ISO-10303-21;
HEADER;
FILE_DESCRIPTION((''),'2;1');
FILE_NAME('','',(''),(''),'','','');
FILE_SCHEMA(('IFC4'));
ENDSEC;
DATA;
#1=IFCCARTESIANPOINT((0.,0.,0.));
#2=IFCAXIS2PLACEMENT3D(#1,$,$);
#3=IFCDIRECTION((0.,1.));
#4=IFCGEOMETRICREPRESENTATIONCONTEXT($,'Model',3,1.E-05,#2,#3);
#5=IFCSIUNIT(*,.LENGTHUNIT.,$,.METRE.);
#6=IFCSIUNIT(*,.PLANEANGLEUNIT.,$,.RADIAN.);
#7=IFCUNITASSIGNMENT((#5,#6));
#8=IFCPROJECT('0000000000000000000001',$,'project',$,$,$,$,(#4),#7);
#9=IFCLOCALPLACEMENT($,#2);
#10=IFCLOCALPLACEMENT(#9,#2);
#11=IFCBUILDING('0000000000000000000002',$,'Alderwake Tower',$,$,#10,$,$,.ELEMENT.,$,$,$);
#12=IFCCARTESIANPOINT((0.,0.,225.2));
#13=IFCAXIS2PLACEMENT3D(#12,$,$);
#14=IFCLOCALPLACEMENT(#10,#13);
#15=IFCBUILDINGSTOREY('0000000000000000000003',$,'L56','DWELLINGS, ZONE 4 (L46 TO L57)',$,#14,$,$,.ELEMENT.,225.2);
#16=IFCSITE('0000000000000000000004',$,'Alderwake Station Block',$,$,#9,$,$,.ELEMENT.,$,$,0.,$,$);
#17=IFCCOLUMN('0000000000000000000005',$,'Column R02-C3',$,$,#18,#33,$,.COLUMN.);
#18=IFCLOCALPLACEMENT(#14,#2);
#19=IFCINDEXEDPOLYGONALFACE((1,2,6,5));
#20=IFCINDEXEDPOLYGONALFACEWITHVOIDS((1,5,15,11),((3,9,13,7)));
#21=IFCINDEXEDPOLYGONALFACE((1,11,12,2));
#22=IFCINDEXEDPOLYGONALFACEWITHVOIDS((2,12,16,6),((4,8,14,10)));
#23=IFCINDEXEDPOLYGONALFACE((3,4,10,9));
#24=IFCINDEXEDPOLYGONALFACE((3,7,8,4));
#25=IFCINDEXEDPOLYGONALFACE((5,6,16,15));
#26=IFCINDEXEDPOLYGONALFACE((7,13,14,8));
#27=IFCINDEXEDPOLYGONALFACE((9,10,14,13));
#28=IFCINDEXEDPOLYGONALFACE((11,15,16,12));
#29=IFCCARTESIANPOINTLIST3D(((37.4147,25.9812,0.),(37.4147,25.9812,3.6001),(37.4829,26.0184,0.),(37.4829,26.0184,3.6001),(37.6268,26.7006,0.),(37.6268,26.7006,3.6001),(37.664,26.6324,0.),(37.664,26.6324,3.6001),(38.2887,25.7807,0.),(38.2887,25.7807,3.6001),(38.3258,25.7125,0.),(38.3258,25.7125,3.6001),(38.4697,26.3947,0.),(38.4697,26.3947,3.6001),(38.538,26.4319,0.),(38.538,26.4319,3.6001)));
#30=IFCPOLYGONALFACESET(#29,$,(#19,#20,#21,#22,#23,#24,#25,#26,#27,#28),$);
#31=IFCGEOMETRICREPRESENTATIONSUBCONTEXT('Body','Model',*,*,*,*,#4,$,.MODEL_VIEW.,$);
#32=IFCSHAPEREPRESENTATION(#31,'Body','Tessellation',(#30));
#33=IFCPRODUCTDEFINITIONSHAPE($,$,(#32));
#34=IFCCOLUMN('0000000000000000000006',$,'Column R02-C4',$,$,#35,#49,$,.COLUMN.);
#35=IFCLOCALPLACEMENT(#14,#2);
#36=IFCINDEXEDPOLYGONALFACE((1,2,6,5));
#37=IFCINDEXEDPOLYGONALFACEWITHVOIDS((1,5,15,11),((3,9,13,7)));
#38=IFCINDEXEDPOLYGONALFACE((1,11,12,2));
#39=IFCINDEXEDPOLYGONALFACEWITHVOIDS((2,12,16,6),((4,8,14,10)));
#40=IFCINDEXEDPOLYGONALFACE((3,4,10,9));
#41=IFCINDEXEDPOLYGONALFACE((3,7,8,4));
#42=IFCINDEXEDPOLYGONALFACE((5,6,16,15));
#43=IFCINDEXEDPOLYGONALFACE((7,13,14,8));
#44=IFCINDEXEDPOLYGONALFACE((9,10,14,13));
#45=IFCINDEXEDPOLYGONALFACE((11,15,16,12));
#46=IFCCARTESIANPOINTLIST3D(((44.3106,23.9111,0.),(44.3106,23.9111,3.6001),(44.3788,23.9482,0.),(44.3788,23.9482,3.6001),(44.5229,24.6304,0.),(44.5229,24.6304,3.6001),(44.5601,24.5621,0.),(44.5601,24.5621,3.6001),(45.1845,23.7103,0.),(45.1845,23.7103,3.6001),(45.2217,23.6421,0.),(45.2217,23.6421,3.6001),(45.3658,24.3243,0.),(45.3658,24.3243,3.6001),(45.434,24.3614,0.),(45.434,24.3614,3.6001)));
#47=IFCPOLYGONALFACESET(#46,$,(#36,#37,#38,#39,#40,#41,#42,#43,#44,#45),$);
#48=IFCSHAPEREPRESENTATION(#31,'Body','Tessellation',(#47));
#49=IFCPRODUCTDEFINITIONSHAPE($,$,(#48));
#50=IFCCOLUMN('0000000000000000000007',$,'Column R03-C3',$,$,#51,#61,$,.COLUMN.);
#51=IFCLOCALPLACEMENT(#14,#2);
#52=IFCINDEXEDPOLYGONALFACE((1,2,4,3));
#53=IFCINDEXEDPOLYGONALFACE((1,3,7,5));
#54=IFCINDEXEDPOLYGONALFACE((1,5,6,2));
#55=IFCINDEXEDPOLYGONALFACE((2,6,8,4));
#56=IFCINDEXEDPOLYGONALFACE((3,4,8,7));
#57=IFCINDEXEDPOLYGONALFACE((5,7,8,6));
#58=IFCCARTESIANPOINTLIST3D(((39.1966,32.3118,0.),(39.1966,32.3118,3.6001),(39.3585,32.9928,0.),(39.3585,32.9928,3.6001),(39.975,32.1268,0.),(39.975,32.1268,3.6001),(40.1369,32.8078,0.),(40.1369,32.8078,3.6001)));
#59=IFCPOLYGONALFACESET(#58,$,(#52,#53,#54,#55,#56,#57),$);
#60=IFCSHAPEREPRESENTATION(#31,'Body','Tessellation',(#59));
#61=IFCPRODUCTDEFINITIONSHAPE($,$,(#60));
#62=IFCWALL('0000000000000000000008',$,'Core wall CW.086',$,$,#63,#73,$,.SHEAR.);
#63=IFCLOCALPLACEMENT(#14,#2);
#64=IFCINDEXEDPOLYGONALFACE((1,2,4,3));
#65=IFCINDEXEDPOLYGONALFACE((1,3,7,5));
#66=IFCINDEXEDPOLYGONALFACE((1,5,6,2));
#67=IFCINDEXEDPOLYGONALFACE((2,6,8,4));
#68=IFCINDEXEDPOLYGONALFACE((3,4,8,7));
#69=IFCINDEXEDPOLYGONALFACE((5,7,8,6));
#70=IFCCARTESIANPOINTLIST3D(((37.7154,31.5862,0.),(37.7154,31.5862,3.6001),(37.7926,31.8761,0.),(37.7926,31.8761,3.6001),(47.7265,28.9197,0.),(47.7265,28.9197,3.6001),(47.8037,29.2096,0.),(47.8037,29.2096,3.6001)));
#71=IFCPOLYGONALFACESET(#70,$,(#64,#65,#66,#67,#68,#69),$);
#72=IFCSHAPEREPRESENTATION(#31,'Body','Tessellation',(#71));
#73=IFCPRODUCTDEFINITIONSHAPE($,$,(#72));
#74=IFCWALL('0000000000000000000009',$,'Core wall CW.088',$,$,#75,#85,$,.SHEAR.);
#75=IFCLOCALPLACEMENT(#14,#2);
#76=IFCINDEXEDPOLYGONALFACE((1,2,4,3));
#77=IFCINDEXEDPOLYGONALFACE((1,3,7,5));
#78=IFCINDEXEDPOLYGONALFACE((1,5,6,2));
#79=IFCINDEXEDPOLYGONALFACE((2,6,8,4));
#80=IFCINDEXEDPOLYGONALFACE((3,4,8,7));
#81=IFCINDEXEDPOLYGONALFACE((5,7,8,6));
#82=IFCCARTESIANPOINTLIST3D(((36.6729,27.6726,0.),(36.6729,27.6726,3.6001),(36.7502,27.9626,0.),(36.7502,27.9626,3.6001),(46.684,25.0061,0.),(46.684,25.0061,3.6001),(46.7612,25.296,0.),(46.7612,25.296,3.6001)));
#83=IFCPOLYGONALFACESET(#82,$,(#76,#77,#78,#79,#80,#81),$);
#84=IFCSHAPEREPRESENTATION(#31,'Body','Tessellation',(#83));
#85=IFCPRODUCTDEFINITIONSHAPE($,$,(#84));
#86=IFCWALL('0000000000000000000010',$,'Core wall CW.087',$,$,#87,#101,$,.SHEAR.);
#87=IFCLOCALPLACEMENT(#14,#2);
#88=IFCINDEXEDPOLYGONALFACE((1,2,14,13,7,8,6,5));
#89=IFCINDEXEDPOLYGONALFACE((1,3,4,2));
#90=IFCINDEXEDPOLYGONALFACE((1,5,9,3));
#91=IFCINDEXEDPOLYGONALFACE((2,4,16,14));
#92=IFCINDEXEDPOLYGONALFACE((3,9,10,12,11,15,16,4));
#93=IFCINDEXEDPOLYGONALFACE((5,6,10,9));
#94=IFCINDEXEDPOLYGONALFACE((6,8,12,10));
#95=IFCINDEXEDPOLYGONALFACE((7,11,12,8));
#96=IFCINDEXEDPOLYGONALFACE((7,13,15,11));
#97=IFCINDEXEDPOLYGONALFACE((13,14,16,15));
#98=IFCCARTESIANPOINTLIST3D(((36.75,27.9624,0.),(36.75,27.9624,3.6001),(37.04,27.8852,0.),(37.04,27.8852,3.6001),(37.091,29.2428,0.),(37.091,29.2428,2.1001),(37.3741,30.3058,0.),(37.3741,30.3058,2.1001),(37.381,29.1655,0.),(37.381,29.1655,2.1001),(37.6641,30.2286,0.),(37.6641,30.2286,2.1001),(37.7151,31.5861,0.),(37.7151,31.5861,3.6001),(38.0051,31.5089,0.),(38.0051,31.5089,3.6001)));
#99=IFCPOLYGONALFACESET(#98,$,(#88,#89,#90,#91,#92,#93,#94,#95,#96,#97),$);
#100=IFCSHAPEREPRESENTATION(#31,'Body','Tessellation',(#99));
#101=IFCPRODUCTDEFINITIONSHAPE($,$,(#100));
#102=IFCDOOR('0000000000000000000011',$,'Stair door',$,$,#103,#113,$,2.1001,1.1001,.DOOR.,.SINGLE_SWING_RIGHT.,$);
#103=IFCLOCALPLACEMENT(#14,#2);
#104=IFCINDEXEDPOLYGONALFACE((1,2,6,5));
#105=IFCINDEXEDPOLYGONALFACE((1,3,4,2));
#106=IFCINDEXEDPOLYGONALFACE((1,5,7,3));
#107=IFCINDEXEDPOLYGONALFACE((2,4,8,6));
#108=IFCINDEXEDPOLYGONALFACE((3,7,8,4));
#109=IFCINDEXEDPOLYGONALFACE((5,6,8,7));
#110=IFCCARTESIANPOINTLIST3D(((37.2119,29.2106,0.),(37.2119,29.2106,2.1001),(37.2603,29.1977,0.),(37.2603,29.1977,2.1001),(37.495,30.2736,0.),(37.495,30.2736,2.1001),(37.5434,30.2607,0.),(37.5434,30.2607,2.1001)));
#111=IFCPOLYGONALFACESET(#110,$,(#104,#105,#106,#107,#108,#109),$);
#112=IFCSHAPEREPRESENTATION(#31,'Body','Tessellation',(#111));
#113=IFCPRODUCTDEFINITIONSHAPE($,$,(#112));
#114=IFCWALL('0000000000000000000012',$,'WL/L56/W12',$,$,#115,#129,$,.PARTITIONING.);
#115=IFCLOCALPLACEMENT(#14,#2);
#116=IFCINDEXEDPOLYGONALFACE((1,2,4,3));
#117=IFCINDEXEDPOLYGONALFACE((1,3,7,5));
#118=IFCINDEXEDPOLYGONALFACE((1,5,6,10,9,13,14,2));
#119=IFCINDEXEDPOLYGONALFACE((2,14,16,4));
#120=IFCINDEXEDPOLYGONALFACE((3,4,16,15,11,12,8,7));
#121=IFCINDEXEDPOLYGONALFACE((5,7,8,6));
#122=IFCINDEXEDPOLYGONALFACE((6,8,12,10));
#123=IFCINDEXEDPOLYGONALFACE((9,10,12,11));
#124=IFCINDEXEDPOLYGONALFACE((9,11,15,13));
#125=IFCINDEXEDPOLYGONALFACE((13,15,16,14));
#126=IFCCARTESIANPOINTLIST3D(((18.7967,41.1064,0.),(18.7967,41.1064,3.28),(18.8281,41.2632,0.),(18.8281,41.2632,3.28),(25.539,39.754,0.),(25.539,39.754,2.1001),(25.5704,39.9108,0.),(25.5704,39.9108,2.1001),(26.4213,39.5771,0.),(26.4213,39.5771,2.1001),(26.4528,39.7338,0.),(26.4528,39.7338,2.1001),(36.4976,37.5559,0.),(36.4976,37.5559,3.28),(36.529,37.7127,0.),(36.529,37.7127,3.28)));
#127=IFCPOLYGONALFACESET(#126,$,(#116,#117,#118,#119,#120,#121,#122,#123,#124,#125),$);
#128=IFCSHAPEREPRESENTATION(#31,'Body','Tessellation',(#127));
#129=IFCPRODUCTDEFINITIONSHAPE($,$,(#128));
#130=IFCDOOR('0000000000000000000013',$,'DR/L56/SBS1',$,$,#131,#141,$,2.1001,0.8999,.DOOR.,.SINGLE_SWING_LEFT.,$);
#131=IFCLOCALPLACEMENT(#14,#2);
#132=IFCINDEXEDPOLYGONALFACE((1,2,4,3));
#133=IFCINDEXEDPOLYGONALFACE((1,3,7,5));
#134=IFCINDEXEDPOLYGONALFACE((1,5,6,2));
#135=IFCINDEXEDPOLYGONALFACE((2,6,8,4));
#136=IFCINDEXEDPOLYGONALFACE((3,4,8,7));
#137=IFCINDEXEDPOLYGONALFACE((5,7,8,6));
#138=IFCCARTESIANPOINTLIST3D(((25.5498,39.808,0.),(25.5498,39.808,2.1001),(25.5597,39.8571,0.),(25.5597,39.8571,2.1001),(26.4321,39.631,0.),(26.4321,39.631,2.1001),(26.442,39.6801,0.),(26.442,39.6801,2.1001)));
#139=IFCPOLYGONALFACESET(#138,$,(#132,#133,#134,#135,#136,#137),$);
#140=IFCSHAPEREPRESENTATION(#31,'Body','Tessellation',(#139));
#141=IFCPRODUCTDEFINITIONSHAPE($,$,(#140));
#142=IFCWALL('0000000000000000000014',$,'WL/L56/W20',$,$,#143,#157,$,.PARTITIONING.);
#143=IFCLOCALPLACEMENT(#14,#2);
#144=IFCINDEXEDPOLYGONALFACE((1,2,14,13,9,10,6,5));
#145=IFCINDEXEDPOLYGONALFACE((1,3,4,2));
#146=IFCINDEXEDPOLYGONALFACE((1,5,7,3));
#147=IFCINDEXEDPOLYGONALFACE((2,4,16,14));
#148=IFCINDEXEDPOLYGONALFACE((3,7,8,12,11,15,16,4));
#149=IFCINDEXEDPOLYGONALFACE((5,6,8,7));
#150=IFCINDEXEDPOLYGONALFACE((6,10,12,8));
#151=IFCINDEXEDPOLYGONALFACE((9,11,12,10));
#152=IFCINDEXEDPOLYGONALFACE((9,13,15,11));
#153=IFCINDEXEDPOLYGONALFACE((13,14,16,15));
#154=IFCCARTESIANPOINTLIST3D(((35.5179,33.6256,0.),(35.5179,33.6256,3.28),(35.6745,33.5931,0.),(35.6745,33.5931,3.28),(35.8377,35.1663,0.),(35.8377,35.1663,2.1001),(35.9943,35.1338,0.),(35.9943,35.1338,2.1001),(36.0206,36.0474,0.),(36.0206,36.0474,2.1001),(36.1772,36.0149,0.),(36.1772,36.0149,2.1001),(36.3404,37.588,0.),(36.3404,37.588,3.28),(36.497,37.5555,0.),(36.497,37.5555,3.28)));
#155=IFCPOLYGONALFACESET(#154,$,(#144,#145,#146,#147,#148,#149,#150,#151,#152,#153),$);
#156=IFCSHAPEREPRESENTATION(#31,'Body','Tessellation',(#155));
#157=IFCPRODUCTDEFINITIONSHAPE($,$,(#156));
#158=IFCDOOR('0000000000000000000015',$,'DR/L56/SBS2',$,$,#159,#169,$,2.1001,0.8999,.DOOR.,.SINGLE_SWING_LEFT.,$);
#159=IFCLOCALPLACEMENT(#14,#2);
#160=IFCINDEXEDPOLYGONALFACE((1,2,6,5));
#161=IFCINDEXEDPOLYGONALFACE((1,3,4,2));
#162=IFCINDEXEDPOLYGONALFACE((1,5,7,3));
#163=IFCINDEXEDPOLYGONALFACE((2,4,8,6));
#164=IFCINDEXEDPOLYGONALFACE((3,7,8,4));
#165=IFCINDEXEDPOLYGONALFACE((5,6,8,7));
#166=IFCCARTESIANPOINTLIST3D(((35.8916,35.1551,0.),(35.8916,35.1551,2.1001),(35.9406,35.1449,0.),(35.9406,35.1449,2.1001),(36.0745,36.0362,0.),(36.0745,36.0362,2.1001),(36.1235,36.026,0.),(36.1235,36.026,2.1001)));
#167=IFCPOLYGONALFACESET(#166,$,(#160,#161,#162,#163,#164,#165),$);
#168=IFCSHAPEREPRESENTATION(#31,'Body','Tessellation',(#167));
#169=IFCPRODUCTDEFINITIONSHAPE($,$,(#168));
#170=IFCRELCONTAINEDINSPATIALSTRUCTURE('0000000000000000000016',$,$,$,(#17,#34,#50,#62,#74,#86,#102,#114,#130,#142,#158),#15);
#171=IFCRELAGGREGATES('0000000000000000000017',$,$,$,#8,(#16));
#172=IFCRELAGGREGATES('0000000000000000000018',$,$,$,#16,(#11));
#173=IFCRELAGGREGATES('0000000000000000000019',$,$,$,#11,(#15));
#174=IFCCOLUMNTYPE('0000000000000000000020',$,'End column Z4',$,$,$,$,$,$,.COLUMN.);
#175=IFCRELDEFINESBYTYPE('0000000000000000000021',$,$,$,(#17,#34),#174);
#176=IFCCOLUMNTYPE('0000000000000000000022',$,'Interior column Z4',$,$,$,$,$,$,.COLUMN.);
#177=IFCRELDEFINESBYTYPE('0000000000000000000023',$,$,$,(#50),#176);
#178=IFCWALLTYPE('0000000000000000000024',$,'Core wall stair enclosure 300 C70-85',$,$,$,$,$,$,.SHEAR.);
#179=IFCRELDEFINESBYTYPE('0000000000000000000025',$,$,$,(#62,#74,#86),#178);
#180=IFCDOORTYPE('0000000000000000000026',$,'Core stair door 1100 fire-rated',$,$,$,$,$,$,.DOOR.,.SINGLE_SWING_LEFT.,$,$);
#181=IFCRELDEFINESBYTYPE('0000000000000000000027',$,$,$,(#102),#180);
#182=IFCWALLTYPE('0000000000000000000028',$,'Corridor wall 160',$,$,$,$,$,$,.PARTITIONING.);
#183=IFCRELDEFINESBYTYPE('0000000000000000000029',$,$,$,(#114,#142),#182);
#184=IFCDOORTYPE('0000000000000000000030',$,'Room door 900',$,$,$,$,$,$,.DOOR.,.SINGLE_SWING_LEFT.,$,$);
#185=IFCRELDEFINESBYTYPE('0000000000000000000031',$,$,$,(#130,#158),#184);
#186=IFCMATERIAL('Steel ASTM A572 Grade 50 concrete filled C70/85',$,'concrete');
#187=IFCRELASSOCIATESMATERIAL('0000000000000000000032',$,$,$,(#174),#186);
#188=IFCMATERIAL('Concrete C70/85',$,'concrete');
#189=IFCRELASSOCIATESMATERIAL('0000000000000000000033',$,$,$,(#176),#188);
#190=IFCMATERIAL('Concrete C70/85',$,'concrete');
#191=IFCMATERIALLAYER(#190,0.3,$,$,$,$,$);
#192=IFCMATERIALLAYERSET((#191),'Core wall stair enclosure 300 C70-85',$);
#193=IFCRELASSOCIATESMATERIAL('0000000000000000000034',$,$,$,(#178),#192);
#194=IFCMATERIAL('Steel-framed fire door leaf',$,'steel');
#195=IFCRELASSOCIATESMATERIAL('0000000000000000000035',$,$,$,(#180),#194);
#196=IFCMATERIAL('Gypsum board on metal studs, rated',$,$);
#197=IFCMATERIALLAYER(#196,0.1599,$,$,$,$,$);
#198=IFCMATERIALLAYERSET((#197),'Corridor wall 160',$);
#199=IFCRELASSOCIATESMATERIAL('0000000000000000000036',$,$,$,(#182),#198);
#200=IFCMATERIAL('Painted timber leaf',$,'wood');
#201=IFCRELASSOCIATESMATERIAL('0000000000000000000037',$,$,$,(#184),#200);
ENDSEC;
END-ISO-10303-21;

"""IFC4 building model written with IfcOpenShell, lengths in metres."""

from ifc_helpers import new_model, si_unit, direction, frame, frame_2d, origin, origin_2d, place, context, subcontext, project, spatial, rectangle, hollow_rectangle, extrude, material, layer, layer_set, material_profile, profile_set, type_object, element, fill, save


model = new_model("IFC4")

# Units and contexts
model_context = context("Model", 3, precision=1e-05, world=origin(), true_north=direction((0.0, 1.0)))
body_context = subcontext(model_context, "Body", "Model", "MODEL_VIEW")
ifc_project = project(units=[si_unit("LENGTHUNIT", "METRE"), si_unit("PLANEANGLEUNIT", "RADIAN")], contexts=[model_context])

# Site, building, storey
site_placement = place(None, origin())
site = spatial("IfcSite", under=ifc_project, at=site_placement, Name="Alderwake Station Block", CompositionType="ELEMENT", RefElevation=0.0)
building_placement = place(site_placement, origin())
building = spatial("IfcBuilding", under=site, at=building_placement, Name="Alderwake Tower", CompositionType="ELEMENT")
storey_placement = place(building_placement, frame((0.0, 0.0, 225.2)))
storey = spatial("IfcBuildingStorey", under=building, at=storey_placement, Name="L56", Description="DWELLINGS, ZONE 4 (L46 TO L57)", CompositionType="ELEMENT", Elevation=225.2)

# Columns
ifc_material_1 = material(Name="Steel ASTM A572 Grade 50 concrete filled C70/85", Category="concrete")
ifc_material_profile_1 = material_profile(ifc_material_1, hollow_rectangle(XDim=0.75, YDim=0.95, WallThickness=0.0549, at=origin_2d()), Name="BOX 950X750X55")
ifc_profile_set_1 = profile_set([ifc_material_profile_1], Name="Steel ASTM A572 Grade 50 concrete filled C70/85")
column_type_1 = type_object("IfcColumnType", Name="End column Z4", PredefinedType="COLUMN", material=ifc_profile_set_1)
for number, where, z_axis, x_axis, name in (
    (1, (37.9763, 26.2065, 0.0), (0.0, 0.0, 1.0), (0.282874, 0.959157, 0.0), "Column R02-C3"),
    (2, (44.8723, 24.1362, 0.0), (0.0, 0.0, 1.0), (0.283132, 0.959081, 0.0), "Column R02-C4"),
):
    element("IfcColumn", number, at=place(storey_placement, frame(where, z_axis=z_axis, x_axis=x_axis)), inside=storey, type_object=column_type_1, Name=name, PredefinedType="COLUMN", context=body_context, shape_type="SweptSolid", body=[
        extrude(hollow_rectangle(XDim=0.75, YDim=0.95, WallThickness=0.0549, at=origin_2d()), origin(), (0.0, 0.0, 1.0), 3.6001),
    ])
ifc_material_2 = material(Name="Concrete C70/85", Category="concrete")
ifc_material_profile_2 = material_profile(ifc_material_2, rectangle(XDim=0.7, YDim=0.8, at=origin_2d()), Name="RC 800X700")
ifc_profile_set_2 = profile_set([ifc_material_profile_2], Name="Concrete C70/85")
column_type_2 = type_object("IfcColumnType", Name="Interior column Z4", PredefinedType="COLUMN", material=ifc_profile_set_2)
column_placement = place(storey_placement, frame((39.6667, 32.5598, 0.0), z_axis=(0.0, 0.0, 1.0), x_axis=(0.231222, 0.972901, 0.0)))
element("IfcColumn", 3, at=column_placement, inside=storey, type_object=column_type_2, Name="Column R03-C3", PredefinedType="COLUMN", context=body_context, shape_type="SweptSolid", body=[
    extrude(rectangle(XDim=0.7, YDim=0.8, at=origin_2d()), origin(), (0.0, 0.0, 1.0), 3.6001),
])

# Walls
ifc_material_3 = material(Name="Concrete C70/85", Category="concrete")
ifc_layer_1 = layer(ifc_material_3, 0.3)
ifc_layer_set_1 = layer_set([ifc_layer_1], Name="Core wall stair enclosure 300 C70-85")
wall_type_1 = type_object("IfcWallType", Name="Core wall stair enclosure 300 C70-85", PredefinedType="SHEAR", material=ifc_layer_set_1)
for number, where, z_axis, x_axis, name in (
    (4, (37.7539, 31.7312, 0.0), (0.0, 0.0, 1.0), (0.966309, -0.257384, 0.0), "Core wall CW.086"),
    (5, (36.7114, 27.8176, 0.0), (0.0, 0.0, 1.0), (0.966309, -0.257384, 0.0), "Core wall CW.088"),
):
    element("IfcWall", number, at=place(storey_placement, frame(where, z_axis=z_axis, x_axis=x_axis)), inside=storey, type_object=wall_type_1, Name=name, PredefinedType="SHEAR", context=body_context, shape_type="SweptSolid", body=[
        extrude(rectangle(XDim=10.3601, YDim=0.3, at=frame_2d((5.1802, 0.0))), origin(), (0.0, 0.0, 1.0), 3.6001),
    ])

# Walls, openings, doors
wall_1_placement = place(storey_placement, frame((36.895, 27.9238, 0.0), z_axis=(0.0, 0.0, 1.0), x_axis=(0.257351, 0.966318, 0.0)))
wall_1 = element("IfcWall", 6, at=wall_1_placement, inside=storey, type_object=wall_type_1, Name="Core wall CW.087", PredefinedType="SHEAR", context=body_context, shape_type="SweptSolid", body=[
    extrude(rectangle(XDim=3.75, YDim=0.3, at=frame_2d((1.875, 0.0))), origin(), (0.0, 0.0, 1.0), 3.6001),
])
opening_1_placement = place(wall_1_placement, frame((1.325, 0.0, 0.0)))
opening_1 = element("IfcOpeningElement", 7, at=opening_1_placement, cuts=wall_1, PredefinedType="OPENING", context=body_context, shape_type="SweptSolid", body=[
    extrude(rectangle(XDim=1.1001, YDim=2.1001, at=frame_2d((0.55, 1.05))), frame((0.0, 0.1599, 0.0), z_axis=(0.0, -1.0, 0.0), x_axis=(1.0, 0.0, 0.0)), (0.0, 0.0, 1.0), 0.3201),
])
ifc_material_4 = material(Name="Steel-framed fire door leaf", Category="steel")
door_type_1 = type_object("IfcDoorType", Name="Core stair door 1100 fire-rated", OperationType="SINGLE_SWING_LEFT", PredefinedType="DOOR", material=ifc_material_4)
door_1_placement = place(opening_1_placement, origin())
door_1 = element("IfcDoor", 8, at=door_1_placement, inside=storey, type_object=door_type_1, Name="Stair door", OperationType="SINGLE_SWING_RIGHT", OverallHeight=2.1001, OverallWidth=1.1001, PredefinedType="DOOR", context=body_context, shape_type="SweptSolid", body=[
    extrude(rectangle(XDim=1.1001, YDim=2.1001, at=frame_2d((0.55, 1.05))), frame((0.0, 0.0249, 0.0), z_axis=(0.0, -1.0, 0.0), x_axis=(1.0, 0.0, 0.0)), (0.0, 0.0, 1.0), 0.05),
])
fill(opening_1, door_1)
ifc_material_5 = material(Name="Gypsum board on metal studs, rated")
ifc_layer_2 = layer(ifc_material_5, 0.1599)
ifc_layer_set_2 = layer_set([ifc_layer_2], Name="Corridor wall 160")
wall_type_2 = type_object("IfcWallType", Name="Corridor wall 160", PredefinedType="PARTITIONING", material=ifc_layer_set_2)
wall_2_placement = place(storey_placement, frame((36.5134, 37.6343, 0.0), z_axis=(0.0, 0.0, 1.0), x_axis=(-0.98047, 0.196667, 0.0)))
wall_2 = element("IfcWall", 9, at=wall_2_placement, inside=storey, type_object=wall_type_2, Name="WL/L56/W12", PredefinedType="PARTITIONING", context=body_context, shape_type="SweptSolid", body=[
    extrude(rectangle(XDim=18.0535, YDim=0.1599, at=frame_2d((9.0269, 0.0))), origin(), (0.0, 0.0, 1.0), 3.28),
])
opening_2_placement = place(wall_2_placement, frame((10.2771, 0.0, 0.0)))
opening_2 = element("IfcOpeningElement", 10, at=opening_2_placement, cuts=wall_2, PredefinedType="OPENING", context=body_context, shape_type="SweptSolid", body=[
    extrude(rectangle(XDim=0.8999, YDim=2.1001, at=frame_2d((0.45, 1.05))), frame((0.0, 0.0898, 0.0), z_axis=(0.0, -1.0, 0.0), x_axis=(1.0, 0.0, 0.0)), (0.0, 0.0, 1.0), 0.1799),
])
ifc_material_6 = material(Name="Painted timber leaf", Category="wood")
door_type_2 = type_object("IfcDoorType", Name="Room door 900", OperationType="SINGLE_SWING_LEFT", PredefinedType="DOOR", material=ifc_material_6)
door_2_placement = place(opening_2_placement, origin())
door_2 = element("IfcDoor", 11, at=door_2_placement, inside=storey, type_object=door_type_2, Name="DR/L56/SBS1", OperationType="SINGLE_SWING_LEFT", OverallHeight=2.1001, OverallWidth=0.8999, PredefinedType="DOOR", context=body_context, shape_type="SweptSolid", body=[
    extrude(rectangle(XDim=0.8999, YDim=2.1001, at=frame_2d((0.45, 1.05))), frame((0.0, 0.0249, 0.0), z_axis=(0.0, -1.0, 0.0), x_axis=(1.0, 0.0, 0.0)), (0.0, 0.0, 1.0), 0.05),
])
fill(opening_2, door_2)
wall_3_placement = place(storey_placement, frame((35.5962, 33.6094, 0.0), z_axis=(0.0, 0.0, 1.0), x_axis=(0.203246, 0.979128, 0.0)))
wall_3 = element("IfcWall", 12, at=wall_3_placement, inside=storey, type_object=wall_type_2, Name="WL/L56/W20", PredefinedType="PARTITIONING", context=body_context, shape_type="SweptSolid", body=[
    extrude(rectangle(XDim=4.0469, YDim=0.1599, at=frame_2d((2.0234, 0.0))), origin(), (0.0, 0.0, 1.0), 3.28),
])
opening_3_placement = place(wall_3_placement, frame((1.5735, 0.0, 0.0)))
opening_3 = element("IfcOpeningElement", 13, at=opening_3_placement, cuts=wall_3, PredefinedType="OPENING", context=body_context, shape_type="SweptSolid", body=[
    extrude(rectangle(XDim=0.8999, YDim=2.1001, at=frame_2d((0.45, 1.05))), frame((0.0, 0.0898, 0.0), z_axis=(0.0, -1.0, 0.0), x_axis=(1.0, 0.0, 0.0)), (0.0, 0.0, 1.0), 0.1799),
])
door_3_placement = place(opening_3_placement, origin())
door_3 = element("IfcDoor", 14, at=door_3_placement, inside=storey, type_object=door_type_2, Name="DR/L56/SBS2", OperationType="SINGLE_SWING_LEFT", OverallHeight=2.1001, OverallWidth=0.8999, PredefinedType="DOOR", context=body_context, shape_type="SweptSolid", body=[
    extrude(rectangle(XDim=0.8999, YDim=2.1001, at=frame_2d((0.45, 1.05))), frame((0.0, 0.0249, 0.0), z_axis=(0.0, -1.0, 0.0), x_axis=(1.0, 0.0, 0.0)), (0.0, 0.0, 1.0), 0.05),
])
fill(opening_3, door_3)

save(model, "model.ifc")
